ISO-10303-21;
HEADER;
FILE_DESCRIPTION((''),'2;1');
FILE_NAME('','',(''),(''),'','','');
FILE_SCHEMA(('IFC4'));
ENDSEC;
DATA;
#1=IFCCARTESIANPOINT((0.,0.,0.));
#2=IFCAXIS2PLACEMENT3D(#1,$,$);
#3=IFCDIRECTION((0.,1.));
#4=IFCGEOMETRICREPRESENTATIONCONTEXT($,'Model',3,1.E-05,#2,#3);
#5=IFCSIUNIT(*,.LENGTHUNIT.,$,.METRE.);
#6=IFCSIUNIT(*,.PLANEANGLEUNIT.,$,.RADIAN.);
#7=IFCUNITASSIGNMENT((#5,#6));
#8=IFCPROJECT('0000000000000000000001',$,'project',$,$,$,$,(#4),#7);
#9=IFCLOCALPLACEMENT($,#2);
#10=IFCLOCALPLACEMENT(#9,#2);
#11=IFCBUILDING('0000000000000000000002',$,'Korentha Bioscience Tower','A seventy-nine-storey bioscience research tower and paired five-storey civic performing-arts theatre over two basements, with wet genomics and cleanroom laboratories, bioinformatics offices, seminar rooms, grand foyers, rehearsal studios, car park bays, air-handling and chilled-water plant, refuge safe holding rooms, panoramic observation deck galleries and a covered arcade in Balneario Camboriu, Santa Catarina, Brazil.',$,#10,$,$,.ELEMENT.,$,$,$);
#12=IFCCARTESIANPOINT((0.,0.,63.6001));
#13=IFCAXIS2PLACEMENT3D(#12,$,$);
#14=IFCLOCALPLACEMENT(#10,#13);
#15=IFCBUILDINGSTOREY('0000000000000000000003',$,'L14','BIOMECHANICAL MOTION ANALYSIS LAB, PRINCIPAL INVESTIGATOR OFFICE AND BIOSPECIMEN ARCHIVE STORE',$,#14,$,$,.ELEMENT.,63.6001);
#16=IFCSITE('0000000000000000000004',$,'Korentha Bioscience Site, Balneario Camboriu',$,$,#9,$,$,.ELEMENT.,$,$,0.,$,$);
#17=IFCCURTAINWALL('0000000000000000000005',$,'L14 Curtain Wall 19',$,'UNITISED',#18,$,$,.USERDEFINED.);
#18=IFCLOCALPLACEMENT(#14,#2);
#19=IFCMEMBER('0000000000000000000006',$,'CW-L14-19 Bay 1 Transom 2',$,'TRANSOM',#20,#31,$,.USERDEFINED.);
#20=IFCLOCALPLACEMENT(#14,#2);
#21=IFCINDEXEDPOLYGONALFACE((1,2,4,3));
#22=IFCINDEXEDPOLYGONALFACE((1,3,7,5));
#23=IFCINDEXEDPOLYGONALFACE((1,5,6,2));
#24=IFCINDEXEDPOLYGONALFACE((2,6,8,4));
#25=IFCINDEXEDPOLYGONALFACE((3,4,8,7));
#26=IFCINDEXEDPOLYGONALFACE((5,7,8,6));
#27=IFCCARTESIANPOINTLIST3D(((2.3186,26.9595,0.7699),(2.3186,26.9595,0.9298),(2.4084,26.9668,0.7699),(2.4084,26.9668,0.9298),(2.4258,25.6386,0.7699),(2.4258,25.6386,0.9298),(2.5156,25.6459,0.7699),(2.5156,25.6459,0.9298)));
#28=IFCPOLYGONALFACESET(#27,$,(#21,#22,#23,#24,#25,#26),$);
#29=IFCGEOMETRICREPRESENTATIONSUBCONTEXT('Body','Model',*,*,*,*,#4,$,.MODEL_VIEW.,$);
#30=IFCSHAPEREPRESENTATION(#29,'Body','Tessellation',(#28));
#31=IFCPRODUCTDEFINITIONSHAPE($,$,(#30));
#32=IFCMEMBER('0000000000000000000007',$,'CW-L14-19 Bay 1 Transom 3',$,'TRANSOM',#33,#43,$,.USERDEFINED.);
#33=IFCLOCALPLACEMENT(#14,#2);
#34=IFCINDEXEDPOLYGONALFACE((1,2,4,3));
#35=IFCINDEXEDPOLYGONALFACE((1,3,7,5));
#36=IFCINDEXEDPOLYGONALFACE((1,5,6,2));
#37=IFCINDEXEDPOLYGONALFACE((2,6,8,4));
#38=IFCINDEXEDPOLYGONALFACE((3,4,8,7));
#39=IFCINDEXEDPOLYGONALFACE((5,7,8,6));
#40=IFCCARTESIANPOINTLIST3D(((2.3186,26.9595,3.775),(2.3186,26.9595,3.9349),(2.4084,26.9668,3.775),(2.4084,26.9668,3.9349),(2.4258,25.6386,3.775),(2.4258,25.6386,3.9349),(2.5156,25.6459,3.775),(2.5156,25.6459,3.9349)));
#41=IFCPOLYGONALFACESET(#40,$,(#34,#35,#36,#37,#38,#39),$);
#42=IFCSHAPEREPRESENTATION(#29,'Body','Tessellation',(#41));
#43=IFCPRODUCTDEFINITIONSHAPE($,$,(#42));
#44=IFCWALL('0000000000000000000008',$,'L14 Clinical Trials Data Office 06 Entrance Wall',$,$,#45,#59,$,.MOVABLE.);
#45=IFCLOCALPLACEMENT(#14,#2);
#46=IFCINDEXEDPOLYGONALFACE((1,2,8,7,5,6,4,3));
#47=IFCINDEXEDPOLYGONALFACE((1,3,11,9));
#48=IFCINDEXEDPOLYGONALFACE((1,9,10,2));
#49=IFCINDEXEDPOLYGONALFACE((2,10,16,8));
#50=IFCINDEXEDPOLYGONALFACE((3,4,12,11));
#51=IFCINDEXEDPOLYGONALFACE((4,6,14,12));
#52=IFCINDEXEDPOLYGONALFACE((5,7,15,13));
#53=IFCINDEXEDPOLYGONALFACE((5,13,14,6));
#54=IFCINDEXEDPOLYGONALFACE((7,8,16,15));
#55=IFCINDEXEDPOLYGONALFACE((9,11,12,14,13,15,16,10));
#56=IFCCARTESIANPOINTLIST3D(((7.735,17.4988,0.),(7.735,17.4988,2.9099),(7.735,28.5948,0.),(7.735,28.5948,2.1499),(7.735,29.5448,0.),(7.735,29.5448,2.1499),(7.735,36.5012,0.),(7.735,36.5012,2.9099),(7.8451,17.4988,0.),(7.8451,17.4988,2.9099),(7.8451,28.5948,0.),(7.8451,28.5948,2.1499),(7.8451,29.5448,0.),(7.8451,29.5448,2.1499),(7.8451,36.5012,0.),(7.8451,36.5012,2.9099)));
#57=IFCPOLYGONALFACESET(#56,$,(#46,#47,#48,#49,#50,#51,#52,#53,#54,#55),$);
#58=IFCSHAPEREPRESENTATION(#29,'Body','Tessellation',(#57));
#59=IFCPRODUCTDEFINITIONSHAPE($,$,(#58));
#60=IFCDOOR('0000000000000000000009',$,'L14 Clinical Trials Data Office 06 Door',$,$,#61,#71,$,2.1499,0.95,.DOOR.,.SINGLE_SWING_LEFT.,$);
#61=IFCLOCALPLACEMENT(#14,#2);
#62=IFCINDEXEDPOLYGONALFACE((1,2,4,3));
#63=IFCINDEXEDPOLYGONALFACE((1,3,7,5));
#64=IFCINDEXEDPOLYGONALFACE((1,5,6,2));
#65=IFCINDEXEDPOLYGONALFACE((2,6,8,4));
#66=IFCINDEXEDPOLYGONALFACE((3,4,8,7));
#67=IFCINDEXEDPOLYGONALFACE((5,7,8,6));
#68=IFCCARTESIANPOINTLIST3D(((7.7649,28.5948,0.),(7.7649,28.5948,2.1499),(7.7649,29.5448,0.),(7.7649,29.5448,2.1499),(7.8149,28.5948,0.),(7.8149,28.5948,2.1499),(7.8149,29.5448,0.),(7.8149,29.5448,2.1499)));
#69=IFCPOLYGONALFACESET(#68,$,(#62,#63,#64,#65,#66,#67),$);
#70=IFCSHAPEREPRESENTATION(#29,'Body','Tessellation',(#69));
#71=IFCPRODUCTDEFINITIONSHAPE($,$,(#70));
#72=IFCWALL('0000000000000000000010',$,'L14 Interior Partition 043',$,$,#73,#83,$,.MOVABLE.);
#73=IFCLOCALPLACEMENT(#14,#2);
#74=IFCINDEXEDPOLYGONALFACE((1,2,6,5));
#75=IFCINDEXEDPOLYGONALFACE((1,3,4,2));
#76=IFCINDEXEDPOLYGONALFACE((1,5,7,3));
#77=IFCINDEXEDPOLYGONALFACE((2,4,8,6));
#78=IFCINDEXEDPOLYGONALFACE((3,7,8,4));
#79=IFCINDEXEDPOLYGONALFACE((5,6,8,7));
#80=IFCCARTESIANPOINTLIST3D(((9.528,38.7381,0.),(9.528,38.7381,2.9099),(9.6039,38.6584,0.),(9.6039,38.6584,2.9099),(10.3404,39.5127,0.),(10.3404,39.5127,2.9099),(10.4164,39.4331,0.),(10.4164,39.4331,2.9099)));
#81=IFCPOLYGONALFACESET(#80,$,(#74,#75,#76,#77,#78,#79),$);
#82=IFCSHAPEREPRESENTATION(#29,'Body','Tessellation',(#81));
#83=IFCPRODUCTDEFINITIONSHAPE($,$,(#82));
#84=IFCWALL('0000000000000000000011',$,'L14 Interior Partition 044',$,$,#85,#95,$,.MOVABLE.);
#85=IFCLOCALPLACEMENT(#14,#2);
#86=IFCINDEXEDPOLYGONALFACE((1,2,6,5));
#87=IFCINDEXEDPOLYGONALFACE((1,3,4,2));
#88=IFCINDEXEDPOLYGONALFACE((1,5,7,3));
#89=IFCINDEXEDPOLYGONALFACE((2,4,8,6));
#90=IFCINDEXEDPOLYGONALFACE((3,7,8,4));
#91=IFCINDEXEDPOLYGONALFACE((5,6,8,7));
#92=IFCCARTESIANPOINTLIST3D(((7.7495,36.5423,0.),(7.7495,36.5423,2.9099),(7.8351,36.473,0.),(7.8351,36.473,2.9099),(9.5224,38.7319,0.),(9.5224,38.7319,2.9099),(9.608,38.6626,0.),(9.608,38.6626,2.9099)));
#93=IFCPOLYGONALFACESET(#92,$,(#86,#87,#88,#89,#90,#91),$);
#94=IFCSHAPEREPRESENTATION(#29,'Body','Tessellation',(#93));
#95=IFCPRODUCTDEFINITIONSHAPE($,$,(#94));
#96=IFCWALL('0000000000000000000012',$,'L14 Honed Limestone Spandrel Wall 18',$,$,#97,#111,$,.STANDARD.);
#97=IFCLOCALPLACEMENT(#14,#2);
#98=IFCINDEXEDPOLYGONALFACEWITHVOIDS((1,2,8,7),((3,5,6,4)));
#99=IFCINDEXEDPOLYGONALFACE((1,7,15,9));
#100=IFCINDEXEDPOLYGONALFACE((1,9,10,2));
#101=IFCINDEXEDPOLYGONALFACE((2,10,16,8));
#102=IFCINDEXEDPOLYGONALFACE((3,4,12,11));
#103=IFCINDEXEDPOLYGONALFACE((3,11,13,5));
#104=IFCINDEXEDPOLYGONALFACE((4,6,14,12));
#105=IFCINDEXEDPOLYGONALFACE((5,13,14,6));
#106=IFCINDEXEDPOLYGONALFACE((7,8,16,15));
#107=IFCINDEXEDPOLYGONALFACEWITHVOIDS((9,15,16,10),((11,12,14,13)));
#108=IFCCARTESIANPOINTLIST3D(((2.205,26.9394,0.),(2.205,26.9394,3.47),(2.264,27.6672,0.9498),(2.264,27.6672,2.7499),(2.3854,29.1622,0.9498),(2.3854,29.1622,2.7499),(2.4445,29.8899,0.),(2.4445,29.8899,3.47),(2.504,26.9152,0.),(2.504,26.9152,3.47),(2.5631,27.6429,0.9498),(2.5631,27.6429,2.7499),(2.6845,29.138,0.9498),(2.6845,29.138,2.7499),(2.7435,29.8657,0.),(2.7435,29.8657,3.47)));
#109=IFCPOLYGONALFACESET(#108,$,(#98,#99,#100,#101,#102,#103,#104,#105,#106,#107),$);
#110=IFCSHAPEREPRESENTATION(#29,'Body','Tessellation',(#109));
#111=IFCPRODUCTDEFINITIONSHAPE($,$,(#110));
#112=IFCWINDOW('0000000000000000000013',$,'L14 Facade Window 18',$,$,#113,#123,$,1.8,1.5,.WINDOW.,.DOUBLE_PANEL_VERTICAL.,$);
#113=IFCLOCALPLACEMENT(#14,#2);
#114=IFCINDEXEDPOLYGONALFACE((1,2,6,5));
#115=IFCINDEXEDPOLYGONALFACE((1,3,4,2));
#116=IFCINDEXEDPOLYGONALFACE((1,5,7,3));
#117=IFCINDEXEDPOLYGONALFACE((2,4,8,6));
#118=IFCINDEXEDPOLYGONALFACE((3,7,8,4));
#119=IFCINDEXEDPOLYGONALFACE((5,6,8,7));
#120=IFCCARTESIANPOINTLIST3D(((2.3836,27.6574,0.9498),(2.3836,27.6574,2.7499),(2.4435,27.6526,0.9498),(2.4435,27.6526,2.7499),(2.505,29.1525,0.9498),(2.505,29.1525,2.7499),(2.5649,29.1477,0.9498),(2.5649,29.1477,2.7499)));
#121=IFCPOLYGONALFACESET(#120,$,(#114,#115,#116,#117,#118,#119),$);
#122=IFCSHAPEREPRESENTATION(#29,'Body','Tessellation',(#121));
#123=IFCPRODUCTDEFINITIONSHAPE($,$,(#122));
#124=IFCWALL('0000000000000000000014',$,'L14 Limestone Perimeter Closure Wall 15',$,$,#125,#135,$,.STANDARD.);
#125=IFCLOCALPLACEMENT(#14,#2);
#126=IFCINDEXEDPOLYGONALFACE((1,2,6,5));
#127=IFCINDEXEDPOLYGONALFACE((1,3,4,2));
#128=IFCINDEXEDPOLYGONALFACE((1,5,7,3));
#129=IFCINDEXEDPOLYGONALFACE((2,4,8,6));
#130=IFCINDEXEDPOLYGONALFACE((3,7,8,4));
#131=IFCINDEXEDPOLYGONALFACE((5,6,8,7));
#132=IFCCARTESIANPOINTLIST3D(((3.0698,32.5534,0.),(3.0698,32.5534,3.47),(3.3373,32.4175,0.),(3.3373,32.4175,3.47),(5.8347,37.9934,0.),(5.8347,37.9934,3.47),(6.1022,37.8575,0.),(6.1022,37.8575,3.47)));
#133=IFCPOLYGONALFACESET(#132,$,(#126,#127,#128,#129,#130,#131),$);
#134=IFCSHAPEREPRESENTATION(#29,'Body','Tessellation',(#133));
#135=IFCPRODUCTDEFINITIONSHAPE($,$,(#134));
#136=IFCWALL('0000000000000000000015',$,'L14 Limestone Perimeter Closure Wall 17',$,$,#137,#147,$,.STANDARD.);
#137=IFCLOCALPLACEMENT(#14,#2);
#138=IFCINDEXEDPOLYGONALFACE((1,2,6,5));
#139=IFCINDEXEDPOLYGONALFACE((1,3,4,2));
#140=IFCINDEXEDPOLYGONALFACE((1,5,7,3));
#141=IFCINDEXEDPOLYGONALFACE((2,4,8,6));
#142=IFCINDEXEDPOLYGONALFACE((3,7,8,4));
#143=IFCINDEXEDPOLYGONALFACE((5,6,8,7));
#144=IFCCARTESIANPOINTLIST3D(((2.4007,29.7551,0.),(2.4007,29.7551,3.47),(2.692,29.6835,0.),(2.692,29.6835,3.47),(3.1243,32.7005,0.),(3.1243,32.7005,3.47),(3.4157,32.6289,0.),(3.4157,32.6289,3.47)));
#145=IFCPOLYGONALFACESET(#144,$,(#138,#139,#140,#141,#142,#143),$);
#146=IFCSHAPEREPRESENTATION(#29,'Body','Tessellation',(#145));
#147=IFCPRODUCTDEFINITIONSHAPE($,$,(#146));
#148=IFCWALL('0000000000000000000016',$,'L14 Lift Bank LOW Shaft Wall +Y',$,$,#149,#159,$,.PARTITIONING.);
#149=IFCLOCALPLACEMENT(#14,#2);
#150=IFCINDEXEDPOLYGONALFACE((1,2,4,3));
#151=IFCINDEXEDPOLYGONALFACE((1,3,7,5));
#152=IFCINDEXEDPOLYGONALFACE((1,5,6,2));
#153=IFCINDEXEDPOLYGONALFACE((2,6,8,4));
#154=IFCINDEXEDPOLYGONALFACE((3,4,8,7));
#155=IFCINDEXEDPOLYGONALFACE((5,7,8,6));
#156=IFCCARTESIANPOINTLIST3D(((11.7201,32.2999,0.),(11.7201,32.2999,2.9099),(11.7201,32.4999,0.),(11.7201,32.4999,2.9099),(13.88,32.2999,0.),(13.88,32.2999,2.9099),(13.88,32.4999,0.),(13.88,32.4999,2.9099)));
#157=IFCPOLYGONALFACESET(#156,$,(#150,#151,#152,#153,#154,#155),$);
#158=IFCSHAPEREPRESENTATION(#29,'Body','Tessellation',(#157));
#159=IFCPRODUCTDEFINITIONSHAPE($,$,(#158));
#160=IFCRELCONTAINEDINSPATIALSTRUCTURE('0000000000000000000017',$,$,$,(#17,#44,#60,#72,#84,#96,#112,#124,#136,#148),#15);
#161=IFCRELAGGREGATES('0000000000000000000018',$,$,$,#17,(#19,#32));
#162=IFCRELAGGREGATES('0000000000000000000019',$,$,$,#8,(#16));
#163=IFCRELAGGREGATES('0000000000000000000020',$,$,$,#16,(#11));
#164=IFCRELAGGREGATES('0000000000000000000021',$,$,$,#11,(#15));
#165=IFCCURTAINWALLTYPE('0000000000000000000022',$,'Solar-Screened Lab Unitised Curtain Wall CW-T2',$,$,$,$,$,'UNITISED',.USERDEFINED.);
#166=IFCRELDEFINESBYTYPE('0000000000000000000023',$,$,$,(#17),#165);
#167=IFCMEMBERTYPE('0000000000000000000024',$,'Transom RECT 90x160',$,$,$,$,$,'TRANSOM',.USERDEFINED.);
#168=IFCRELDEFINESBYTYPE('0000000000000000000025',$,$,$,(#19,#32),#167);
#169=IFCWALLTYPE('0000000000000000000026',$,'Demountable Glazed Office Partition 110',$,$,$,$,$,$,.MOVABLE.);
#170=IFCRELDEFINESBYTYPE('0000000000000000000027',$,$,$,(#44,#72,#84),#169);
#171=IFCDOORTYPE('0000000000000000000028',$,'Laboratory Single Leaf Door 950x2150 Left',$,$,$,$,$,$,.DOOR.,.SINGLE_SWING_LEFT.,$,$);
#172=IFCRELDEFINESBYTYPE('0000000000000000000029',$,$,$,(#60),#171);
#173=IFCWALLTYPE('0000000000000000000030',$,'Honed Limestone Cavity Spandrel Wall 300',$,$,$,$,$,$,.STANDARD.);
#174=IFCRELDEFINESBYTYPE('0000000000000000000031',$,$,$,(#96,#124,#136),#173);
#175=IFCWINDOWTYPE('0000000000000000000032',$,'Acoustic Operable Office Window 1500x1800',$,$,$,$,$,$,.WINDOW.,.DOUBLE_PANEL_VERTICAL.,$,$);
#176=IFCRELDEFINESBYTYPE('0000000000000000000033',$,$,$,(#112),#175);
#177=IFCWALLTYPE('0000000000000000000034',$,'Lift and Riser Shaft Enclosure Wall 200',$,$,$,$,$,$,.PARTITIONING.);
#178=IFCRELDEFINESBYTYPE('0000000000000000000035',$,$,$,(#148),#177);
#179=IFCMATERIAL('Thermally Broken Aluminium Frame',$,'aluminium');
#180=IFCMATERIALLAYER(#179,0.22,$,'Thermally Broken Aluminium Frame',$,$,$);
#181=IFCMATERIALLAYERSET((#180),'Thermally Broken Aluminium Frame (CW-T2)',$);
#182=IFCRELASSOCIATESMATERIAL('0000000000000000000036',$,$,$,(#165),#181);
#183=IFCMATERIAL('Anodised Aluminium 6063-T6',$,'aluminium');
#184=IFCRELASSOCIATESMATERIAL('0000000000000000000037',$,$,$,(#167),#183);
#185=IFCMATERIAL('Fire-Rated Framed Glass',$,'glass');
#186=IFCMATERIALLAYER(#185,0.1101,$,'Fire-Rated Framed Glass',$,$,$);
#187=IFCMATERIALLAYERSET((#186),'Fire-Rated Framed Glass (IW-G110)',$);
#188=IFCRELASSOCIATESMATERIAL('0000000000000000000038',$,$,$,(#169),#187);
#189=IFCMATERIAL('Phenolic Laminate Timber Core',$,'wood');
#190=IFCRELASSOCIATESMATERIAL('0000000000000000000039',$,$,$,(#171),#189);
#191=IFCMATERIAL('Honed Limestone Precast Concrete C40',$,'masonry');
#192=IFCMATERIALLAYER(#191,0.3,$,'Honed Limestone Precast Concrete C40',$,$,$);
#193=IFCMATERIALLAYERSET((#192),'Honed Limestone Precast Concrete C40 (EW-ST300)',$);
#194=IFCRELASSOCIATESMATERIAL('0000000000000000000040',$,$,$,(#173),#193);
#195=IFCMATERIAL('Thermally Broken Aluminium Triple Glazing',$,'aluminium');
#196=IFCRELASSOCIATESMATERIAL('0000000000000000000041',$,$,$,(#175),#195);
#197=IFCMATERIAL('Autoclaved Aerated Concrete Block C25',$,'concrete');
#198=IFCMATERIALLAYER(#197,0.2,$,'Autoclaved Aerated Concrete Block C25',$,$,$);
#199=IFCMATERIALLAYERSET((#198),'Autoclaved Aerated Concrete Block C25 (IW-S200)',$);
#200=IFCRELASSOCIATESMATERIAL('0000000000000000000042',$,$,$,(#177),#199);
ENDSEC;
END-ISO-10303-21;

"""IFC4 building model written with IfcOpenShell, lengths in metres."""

from ifc_helpers import new_model, si_unit, direction, frame, frame_2d, origin, origin_2d, place, context, subcontext, project, spatial, rectangle, extrude, material, layer, layer_set, material_profile, profile_set, type_object, element, fill, aggregate, save


model = new_model("IFC4")

# Units and contexts
model_context = context("Model", 3, precision=1e-05, world=origin(), true_north=direction((0.0, 1.0)))
body_context = subcontext(model_context, "Body", "Model", "MODEL_VIEW")
ifc_project = project(units=[si_unit("LENGTHUNIT", "METRE"), si_unit("PLANEANGLEUNIT", "RADIAN")], contexts=[model_context])

# Site, building, storey
site_placement = place(None, origin())
site = spatial("IfcSite", under=ifc_project, at=site_placement, Name="Korentha Bioscience Site, Balneario Camboriu", CompositionType="ELEMENT", RefElevation=0.0)
building_placement = place(site_placement, origin())
building = spatial("IfcBuilding", under=site, at=building_placement, Name="Korentha Bioscience Tower", Description="A seventy-nine-storey bioscience research tower and paired five-storey civic performing-arts theatre over two basements, with wet genomics and cleanroom laboratories, bioinformatics offices, seminar rooms, grand foyers, rehearsal studios, car park bays, air-handling and chilled-water plant, refuge safe holding rooms, panoramic observation deck galleries and a covered arcade in Balneario Camboriu, Santa Catarina, Brazil.", CompositionType="ELEMENT")
storey_placement = place(building_placement, frame((0.0, 0.0, 63.6001)))
storey = spatial("IfcBuildingStorey", under=building, at=storey_placement, Name="L14", Description="BIOMECHANICAL MOTION ANALYSIS LAB, PRINCIPAL INVESTIGATOR OFFICE AND BIOSPECIMEN ARCHIVE STORE", CompositionType="ELEMENT", Elevation=63.6001)

# Curtain wall
ifc_material_1 = material(Name="Thermally Broken Aluminium Frame", Category="aluminium")
ifc_layer_1 = layer(ifc_material_1, 0.22, Name="Thermally Broken Aluminium Frame")
ifc_layer_set_1 = layer_set([ifc_layer_1], Name="Thermally Broken Aluminium Frame (CW-T2)")
curtain_wall_type = type_object("IfcCurtainWallType", Name="Solar-Screened Lab Unitised Curtain Wall CW-T2", ElementType="UNITISED", PredefinedType="USERDEFINED", material=ifc_layer_set_1)
curtain_wall_placement = place(storey_placement, origin())
curtain_wall = element("IfcCurtainWall", 1, at=curtain_wall_placement, inside=storey, type_object=curtain_wall_type, Name="L14 Curtain Wall 19", ObjectType="UNITISED", PredefinedType="USERDEFINED")
ifc_material_2 = material(Name="Anodised Aluminium 6063-T6", Category="aluminium")

# Members
ifc_material_profile_1 = material_profile(ifc_material_2, rectangle(XDim=0.0901, YDim=0.1599, at=origin_2d()), Name="Anodised Aluminium 6063-T6")
ifc_profile_set_1 = profile_set([ifc_material_profile_1], Name="Anodised Aluminium 6063-T6 (CW-TRN)")
member_type_1 = type_object("IfcMemberType", Name="Transom RECT 90x160", ElementType="TRANSOM", PredefinedType="USERDEFINED", material=ifc_profile_set_1)
member_1_placement = place(storey_placement, frame((2.3635, 26.9631, 0.8499), z_axis=(0.08088, -0.996724, 0.0), x_axis=(0.996724, 0.08088, 0.0)))
member_1 = element("IfcMember", 2, at=member_1_placement, type_object=member_type_1, Name="CW-L14-19 Bay 1 Transom 2", ObjectType="TRANSOM", PredefinedType="USERDEFINED", context=body_context, shape_type="SweptSolid", body=[
    extrude(rectangle(XDim=0.0901, YDim=0.1599, at=origin_2d()), origin(), (0.0, 0.0, 1.0), 1.3252),
])
member_2_placement = place(storey_placement, frame((2.3635, 26.9631, 3.855), z_axis=(0.08088, -0.996724, 0.0), x_axis=(0.996724, 0.08088, 0.0)))
member_2 = element("IfcMember", 3, at=member_2_placement, type_object=member_type_1, Name="CW-L14-19 Bay 1 Transom 3", ObjectType="TRANSOM", PredefinedType="USERDEFINED", context=body_context, shape_type="SweptSolid", body=[
    extrude(rectangle(XDim=0.0901, YDim=0.1599, at=origin_2d()), origin(), (0.0, 0.0, 1.0), 1.3252),
])
aggregate(curtain_wall, [member_1, member_2])

# Wall, opening, door
ifc_material_3 = material(Name="Fire-Rated Framed Glass", Category="glass")
ifc_layer_2 = layer(ifc_material_3, 0.1101, Name="Fire-Rated Framed Glass")
ifc_layer_set_2 = layer_set([ifc_layer_2], Name="Fire-Rated Framed Glass (IW-G110)")
wall_type_1 = type_object("IfcWallType", Name="Demountable Glazed Office Partition 110", PredefinedType="MOVABLE", material=ifc_layer_set_2)
wall_1_placement = place(storey_placement, frame((7.79, 36.5012, 0.0), z_axis=(0.0, 0.0, 1.0), x_axis=(0.0, -1.0, 0.0)))
wall_1 = element("IfcWall", 4, at=wall_1_placement, inside=storey, type_object=wall_type_1, Name="L14 Clinical Trials Data Office 06 Entrance Wall", PredefinedType="MOVABLE", context=body_context, shape_type="SweptSolid", body=[
    extrude(rectangle(XDim=19.0024, YDim=0.1101, at=frame_2d((9.5012, 0.0))), origin(), (0.0, 0.0, 1.0), 2.9099),
])
opening_1_placement = place(wall_1_placement, frame((6.9563, 0.0, 0.0)))
opening_1 = element("IfcOpeningElement", 5, at=opening_1_placement, cuts=wall_1, PredefinedType="OPENING", context=body_context, shape_type="SweptSolid", body=[
    extrude(rectangle(XDim=0.95, YDim=2.1499, at=frame_2d((0.4751, 1.075))), frame((0.0, 0.0698, 0.0), z_axis=(0.0, -1.0, 0.0), x_axis=(1.0, 0.0, 0.0)), (0.0, 0.0, 1.0), 0.1399),
])
ifc_material_4 = material(Name="Phenolic Laminate Timber Core", Category="wood")
door_type = type_object("IfcDoorType", Name="Laboratory Single Leaf Door 950x2150 Left", OperationType="SINGLE_SWING_LEFT", PredefinedType="DOOR", material=ifc_material_4)
door_placement = place(opening_1_placement, origin())
door = element("IfcDoor", 6, at=door_placement, inside=storey, type_object=door_type, Name="L14 Clinical Trials Data Office 06 Door", OperationType="SINGLE_SWING_LEFT", OverallHeight=2.1499, OverallWidth=0.95, PredefinedType="DOOR", context=body_context, shape_type="SweptSolid", body=[
    extrude(rectangle(XDim=0.95, YDim=2.1499, at=frame_2d((0.4751, 1.075))), frame((0.0, 0.0249, 0.0), z_axis=(0.0, -1.0, 0.0), x_axis=(1.0, 0.0, 0.0)), (0.0, 0.0, 1.0), 0.05),
])
fill(opening_1, door)

# Walls
wall_2_placement = place(storey_placement, frame((10.3784, 39.4729, 0.0), z_axis=(0.0, 0.0, 1.0), x_axis=(-0.72376, -0.690051, 0.0)))
element("IfcWall", 7, at=wall_2_placement, inside=storey, type_object=wall_type_1, Name="L14 Interior Partition 043", PredefinedType="MOVABLE", context=body_context, shape_type="SweptSolid", body=[
    extrude(rectangle(XDim=1.1226, YDim=0.1101, at=frame_2d((0.5613, 0.0))), origin(), (0.0, 0.0, 1.0), 2.9099),
])
wall_3_placement = place(storey_placement, frame((9.5652, 38.6973, 0.0), z_axis=(0.0, 0.0, 1.0), x_axis=(-0.629271, -0.777186, 0.0)))
element("IfcWall", 8, at=wall_3_placement, inside=storey, type_object=wall_type_1, Name="L14 Interior Partition 044", PredefinedType="MOVABLE", context=body_context, shape_type="SweptSolid", body=[
    extrude(rectangle(XDim=2.8174, YDim=0.1101, at=frame_2d((1.4087, 0.0))), origin(), (0.0, 0.0, 1.0), 2.9099),
])

# Wall, opening, window
ifc_material_5 = material(Name="Honed Limestone Precast Concrete C40", Category="masonry")
ifc_layer_3 = layer(ifc_material_5, 0.3, Name="Honed Limestone Precast Concrete C40")
ifc_layer_set_3 = layer_set([ifc_layer_3], Name="Honed Limestone Precast Concrete C40 (EW-ST300)")
wall_type_2 = type_object("IfcWallType", Name="Honed Limestone Cavity Spandrel Wall 300", PredefinedType="STANDARD", material=ifc_layer_set_3)
wall_4_placement = place(storey_placement, frame((2.594, 29.8777, 0.0), z_axis=(0.0, 0.0, 1.0), x_axis=(-0.080909, -0.996722, 0.0)))
wall_4 = element("IfcWall", 9, at=wall_4_placement, inside=storey, type_object=wall_type_2, Name="L14 Honed Limestone Spandrel Wall 18", PredefinedType="STANDARD", context=body_context, shape_type="SweptSolid", body=[
    extrude(rectangle(XDim=2.9602, YDim=0.3, at=frame_2d((1.48, 0.0))), origin(), (0.0, 0.0, 1.0), 3.47),
])
opening_2_placement = place(wall_4_placement, frame((0.73, 0.0, 0.95)))
opening_2 = element("IfcOpeningElement", 10, at=opening_2_placement, cuts=wall_4, PredefinedType="OPENING", context=body_context, shape_type="SweptSolid", body=[
    extrude(rectangle(XDim=1.5, YDim=1.8, at=frame_2d((0.75, 0.8999))), frame((0.0, 0.165, 0.0), z_axis=(0.0, -1.0, 0.0), x_axis=(1.0, 0.0, 0.0)), (0.0, 0.0, 1.0), 0.3298),
])
ifc_material_6 = material(Name="Thermally Broken Aluminium Triple Glazing", Category="aluminium")
window_type = type_object("IfcWindowType", Name="Acoustic Operable Office Window 1500x1800", PartitioningType="DOUBLE_PANEL_VERTICAL", PredefinedType="WINDOW", material=ifc_material_6)
window_placement = place(opening_2_placement, origin())
window = element("IfcWindow", 11, at=window_placement, inside=storey, type_object=window_type, Name="L14 Facade Window 18", OverallHeight=1.8, OverallWidth=1.5, PartitioningType="DOUBLE_PANEL_VERTICAL", PredefinedType="WINDOW", context=body_context, shape_type="SweptSolid", body=[
    extrude(rectangle(XDim=1.5, YDim=1.8, at=frame_2d((0.75, 0.8999))), frame((0.0, 0.03, 0.0), z_axis=(0.0, -1.0, 0.0), x_axis=(1.0, 0.0, 0.0)), (0.0, 0.0, 1.0), 0.0601),
])
fill(opening_2, window)

# Walls
wall_5_placement = place(storey_placement, frame((5.9685, 37.9255, 0.0), z_axis=(0.0, 0.0, 1.0), x_axis=(-0.453093, -0.891463, 0.0)))
element("IfcWall", 12, at=wall_5_placement, inside=storey, type_object=wall_type_2, Name="L14 Limestone Perimeter Closure Wall 15", PredefinedType="STANDARD", context=body_context, shape_type="SweptSolid", body=[
    extrude(rectangle(XDim=6.1023, YDim=0.3, at=frame_2d((3.0513, 0.0))), origin(), (0.0, 0.0, 1.0), 3.47),
])
wall_6_placement = place(storey_placement, frame((3.27, 32.6648, 0.0), z_axis=(0.0, 0.0, 1.0), x_axis=(-0.238594, -0.971119, 0.0)))
element("IfcWall", 13, at=wall_6_placement, inside=storey, type_object=wall_type_2, Name="L14 Limestone Perimeter Closure Wall 17", PredefinedType="STANDARD", context=body_context, shape_type="SweptSolid", body=[
    extrude(rectangle(XDim=3.033, YDim=0.3, at=frame_2d((1.5166, 0.0))), origin(), (0.0, 0.0, 1.0), 3.47),
])
ifc_material_7 = material(Name="Autoclaved Aerated Concrete Block C25", Category="concrete")
ifc_layer_4 = layer(ifc_material_7, 0.2, Name="Autoclaved Aerated Concrete Block C25")
ifc_layer_set_4 = layer_set([ifc_layer_4], Name="Autoclaved Aerated Concrete Block C25 (IW-S200)")
wall_type_3 = type_object("IfcWallType", Name="Lift and Riser Shaft Enclosure Wall 200", PredefinedType="PARTITIONING", material=ifc_layer_set_4)
wall_7_placement = place(storey_placement, frame((11.72, 32.3999, 0.0), z_axis=(0.0, 0.0, 1.0), x_axis=(1.0, 0.0, 0.0)))
element("IfcWall", 14, at=wall_7_placement, inside=storey, type_object=wall_type_3, Name="L14 Lift Bank LOW Shaft Wall +Y", PredefinedType="PARTITIONING", context=body_context, shape_type="SweptSolid", body=[
    extrude(rectangle(XDim=2.1599, YDim=0.2, at=frame_2d((1.0801, 0.0))), origin(), (0.0, 0.0, 1.0), 2.9099),
])

save(model, "model.ifc")
